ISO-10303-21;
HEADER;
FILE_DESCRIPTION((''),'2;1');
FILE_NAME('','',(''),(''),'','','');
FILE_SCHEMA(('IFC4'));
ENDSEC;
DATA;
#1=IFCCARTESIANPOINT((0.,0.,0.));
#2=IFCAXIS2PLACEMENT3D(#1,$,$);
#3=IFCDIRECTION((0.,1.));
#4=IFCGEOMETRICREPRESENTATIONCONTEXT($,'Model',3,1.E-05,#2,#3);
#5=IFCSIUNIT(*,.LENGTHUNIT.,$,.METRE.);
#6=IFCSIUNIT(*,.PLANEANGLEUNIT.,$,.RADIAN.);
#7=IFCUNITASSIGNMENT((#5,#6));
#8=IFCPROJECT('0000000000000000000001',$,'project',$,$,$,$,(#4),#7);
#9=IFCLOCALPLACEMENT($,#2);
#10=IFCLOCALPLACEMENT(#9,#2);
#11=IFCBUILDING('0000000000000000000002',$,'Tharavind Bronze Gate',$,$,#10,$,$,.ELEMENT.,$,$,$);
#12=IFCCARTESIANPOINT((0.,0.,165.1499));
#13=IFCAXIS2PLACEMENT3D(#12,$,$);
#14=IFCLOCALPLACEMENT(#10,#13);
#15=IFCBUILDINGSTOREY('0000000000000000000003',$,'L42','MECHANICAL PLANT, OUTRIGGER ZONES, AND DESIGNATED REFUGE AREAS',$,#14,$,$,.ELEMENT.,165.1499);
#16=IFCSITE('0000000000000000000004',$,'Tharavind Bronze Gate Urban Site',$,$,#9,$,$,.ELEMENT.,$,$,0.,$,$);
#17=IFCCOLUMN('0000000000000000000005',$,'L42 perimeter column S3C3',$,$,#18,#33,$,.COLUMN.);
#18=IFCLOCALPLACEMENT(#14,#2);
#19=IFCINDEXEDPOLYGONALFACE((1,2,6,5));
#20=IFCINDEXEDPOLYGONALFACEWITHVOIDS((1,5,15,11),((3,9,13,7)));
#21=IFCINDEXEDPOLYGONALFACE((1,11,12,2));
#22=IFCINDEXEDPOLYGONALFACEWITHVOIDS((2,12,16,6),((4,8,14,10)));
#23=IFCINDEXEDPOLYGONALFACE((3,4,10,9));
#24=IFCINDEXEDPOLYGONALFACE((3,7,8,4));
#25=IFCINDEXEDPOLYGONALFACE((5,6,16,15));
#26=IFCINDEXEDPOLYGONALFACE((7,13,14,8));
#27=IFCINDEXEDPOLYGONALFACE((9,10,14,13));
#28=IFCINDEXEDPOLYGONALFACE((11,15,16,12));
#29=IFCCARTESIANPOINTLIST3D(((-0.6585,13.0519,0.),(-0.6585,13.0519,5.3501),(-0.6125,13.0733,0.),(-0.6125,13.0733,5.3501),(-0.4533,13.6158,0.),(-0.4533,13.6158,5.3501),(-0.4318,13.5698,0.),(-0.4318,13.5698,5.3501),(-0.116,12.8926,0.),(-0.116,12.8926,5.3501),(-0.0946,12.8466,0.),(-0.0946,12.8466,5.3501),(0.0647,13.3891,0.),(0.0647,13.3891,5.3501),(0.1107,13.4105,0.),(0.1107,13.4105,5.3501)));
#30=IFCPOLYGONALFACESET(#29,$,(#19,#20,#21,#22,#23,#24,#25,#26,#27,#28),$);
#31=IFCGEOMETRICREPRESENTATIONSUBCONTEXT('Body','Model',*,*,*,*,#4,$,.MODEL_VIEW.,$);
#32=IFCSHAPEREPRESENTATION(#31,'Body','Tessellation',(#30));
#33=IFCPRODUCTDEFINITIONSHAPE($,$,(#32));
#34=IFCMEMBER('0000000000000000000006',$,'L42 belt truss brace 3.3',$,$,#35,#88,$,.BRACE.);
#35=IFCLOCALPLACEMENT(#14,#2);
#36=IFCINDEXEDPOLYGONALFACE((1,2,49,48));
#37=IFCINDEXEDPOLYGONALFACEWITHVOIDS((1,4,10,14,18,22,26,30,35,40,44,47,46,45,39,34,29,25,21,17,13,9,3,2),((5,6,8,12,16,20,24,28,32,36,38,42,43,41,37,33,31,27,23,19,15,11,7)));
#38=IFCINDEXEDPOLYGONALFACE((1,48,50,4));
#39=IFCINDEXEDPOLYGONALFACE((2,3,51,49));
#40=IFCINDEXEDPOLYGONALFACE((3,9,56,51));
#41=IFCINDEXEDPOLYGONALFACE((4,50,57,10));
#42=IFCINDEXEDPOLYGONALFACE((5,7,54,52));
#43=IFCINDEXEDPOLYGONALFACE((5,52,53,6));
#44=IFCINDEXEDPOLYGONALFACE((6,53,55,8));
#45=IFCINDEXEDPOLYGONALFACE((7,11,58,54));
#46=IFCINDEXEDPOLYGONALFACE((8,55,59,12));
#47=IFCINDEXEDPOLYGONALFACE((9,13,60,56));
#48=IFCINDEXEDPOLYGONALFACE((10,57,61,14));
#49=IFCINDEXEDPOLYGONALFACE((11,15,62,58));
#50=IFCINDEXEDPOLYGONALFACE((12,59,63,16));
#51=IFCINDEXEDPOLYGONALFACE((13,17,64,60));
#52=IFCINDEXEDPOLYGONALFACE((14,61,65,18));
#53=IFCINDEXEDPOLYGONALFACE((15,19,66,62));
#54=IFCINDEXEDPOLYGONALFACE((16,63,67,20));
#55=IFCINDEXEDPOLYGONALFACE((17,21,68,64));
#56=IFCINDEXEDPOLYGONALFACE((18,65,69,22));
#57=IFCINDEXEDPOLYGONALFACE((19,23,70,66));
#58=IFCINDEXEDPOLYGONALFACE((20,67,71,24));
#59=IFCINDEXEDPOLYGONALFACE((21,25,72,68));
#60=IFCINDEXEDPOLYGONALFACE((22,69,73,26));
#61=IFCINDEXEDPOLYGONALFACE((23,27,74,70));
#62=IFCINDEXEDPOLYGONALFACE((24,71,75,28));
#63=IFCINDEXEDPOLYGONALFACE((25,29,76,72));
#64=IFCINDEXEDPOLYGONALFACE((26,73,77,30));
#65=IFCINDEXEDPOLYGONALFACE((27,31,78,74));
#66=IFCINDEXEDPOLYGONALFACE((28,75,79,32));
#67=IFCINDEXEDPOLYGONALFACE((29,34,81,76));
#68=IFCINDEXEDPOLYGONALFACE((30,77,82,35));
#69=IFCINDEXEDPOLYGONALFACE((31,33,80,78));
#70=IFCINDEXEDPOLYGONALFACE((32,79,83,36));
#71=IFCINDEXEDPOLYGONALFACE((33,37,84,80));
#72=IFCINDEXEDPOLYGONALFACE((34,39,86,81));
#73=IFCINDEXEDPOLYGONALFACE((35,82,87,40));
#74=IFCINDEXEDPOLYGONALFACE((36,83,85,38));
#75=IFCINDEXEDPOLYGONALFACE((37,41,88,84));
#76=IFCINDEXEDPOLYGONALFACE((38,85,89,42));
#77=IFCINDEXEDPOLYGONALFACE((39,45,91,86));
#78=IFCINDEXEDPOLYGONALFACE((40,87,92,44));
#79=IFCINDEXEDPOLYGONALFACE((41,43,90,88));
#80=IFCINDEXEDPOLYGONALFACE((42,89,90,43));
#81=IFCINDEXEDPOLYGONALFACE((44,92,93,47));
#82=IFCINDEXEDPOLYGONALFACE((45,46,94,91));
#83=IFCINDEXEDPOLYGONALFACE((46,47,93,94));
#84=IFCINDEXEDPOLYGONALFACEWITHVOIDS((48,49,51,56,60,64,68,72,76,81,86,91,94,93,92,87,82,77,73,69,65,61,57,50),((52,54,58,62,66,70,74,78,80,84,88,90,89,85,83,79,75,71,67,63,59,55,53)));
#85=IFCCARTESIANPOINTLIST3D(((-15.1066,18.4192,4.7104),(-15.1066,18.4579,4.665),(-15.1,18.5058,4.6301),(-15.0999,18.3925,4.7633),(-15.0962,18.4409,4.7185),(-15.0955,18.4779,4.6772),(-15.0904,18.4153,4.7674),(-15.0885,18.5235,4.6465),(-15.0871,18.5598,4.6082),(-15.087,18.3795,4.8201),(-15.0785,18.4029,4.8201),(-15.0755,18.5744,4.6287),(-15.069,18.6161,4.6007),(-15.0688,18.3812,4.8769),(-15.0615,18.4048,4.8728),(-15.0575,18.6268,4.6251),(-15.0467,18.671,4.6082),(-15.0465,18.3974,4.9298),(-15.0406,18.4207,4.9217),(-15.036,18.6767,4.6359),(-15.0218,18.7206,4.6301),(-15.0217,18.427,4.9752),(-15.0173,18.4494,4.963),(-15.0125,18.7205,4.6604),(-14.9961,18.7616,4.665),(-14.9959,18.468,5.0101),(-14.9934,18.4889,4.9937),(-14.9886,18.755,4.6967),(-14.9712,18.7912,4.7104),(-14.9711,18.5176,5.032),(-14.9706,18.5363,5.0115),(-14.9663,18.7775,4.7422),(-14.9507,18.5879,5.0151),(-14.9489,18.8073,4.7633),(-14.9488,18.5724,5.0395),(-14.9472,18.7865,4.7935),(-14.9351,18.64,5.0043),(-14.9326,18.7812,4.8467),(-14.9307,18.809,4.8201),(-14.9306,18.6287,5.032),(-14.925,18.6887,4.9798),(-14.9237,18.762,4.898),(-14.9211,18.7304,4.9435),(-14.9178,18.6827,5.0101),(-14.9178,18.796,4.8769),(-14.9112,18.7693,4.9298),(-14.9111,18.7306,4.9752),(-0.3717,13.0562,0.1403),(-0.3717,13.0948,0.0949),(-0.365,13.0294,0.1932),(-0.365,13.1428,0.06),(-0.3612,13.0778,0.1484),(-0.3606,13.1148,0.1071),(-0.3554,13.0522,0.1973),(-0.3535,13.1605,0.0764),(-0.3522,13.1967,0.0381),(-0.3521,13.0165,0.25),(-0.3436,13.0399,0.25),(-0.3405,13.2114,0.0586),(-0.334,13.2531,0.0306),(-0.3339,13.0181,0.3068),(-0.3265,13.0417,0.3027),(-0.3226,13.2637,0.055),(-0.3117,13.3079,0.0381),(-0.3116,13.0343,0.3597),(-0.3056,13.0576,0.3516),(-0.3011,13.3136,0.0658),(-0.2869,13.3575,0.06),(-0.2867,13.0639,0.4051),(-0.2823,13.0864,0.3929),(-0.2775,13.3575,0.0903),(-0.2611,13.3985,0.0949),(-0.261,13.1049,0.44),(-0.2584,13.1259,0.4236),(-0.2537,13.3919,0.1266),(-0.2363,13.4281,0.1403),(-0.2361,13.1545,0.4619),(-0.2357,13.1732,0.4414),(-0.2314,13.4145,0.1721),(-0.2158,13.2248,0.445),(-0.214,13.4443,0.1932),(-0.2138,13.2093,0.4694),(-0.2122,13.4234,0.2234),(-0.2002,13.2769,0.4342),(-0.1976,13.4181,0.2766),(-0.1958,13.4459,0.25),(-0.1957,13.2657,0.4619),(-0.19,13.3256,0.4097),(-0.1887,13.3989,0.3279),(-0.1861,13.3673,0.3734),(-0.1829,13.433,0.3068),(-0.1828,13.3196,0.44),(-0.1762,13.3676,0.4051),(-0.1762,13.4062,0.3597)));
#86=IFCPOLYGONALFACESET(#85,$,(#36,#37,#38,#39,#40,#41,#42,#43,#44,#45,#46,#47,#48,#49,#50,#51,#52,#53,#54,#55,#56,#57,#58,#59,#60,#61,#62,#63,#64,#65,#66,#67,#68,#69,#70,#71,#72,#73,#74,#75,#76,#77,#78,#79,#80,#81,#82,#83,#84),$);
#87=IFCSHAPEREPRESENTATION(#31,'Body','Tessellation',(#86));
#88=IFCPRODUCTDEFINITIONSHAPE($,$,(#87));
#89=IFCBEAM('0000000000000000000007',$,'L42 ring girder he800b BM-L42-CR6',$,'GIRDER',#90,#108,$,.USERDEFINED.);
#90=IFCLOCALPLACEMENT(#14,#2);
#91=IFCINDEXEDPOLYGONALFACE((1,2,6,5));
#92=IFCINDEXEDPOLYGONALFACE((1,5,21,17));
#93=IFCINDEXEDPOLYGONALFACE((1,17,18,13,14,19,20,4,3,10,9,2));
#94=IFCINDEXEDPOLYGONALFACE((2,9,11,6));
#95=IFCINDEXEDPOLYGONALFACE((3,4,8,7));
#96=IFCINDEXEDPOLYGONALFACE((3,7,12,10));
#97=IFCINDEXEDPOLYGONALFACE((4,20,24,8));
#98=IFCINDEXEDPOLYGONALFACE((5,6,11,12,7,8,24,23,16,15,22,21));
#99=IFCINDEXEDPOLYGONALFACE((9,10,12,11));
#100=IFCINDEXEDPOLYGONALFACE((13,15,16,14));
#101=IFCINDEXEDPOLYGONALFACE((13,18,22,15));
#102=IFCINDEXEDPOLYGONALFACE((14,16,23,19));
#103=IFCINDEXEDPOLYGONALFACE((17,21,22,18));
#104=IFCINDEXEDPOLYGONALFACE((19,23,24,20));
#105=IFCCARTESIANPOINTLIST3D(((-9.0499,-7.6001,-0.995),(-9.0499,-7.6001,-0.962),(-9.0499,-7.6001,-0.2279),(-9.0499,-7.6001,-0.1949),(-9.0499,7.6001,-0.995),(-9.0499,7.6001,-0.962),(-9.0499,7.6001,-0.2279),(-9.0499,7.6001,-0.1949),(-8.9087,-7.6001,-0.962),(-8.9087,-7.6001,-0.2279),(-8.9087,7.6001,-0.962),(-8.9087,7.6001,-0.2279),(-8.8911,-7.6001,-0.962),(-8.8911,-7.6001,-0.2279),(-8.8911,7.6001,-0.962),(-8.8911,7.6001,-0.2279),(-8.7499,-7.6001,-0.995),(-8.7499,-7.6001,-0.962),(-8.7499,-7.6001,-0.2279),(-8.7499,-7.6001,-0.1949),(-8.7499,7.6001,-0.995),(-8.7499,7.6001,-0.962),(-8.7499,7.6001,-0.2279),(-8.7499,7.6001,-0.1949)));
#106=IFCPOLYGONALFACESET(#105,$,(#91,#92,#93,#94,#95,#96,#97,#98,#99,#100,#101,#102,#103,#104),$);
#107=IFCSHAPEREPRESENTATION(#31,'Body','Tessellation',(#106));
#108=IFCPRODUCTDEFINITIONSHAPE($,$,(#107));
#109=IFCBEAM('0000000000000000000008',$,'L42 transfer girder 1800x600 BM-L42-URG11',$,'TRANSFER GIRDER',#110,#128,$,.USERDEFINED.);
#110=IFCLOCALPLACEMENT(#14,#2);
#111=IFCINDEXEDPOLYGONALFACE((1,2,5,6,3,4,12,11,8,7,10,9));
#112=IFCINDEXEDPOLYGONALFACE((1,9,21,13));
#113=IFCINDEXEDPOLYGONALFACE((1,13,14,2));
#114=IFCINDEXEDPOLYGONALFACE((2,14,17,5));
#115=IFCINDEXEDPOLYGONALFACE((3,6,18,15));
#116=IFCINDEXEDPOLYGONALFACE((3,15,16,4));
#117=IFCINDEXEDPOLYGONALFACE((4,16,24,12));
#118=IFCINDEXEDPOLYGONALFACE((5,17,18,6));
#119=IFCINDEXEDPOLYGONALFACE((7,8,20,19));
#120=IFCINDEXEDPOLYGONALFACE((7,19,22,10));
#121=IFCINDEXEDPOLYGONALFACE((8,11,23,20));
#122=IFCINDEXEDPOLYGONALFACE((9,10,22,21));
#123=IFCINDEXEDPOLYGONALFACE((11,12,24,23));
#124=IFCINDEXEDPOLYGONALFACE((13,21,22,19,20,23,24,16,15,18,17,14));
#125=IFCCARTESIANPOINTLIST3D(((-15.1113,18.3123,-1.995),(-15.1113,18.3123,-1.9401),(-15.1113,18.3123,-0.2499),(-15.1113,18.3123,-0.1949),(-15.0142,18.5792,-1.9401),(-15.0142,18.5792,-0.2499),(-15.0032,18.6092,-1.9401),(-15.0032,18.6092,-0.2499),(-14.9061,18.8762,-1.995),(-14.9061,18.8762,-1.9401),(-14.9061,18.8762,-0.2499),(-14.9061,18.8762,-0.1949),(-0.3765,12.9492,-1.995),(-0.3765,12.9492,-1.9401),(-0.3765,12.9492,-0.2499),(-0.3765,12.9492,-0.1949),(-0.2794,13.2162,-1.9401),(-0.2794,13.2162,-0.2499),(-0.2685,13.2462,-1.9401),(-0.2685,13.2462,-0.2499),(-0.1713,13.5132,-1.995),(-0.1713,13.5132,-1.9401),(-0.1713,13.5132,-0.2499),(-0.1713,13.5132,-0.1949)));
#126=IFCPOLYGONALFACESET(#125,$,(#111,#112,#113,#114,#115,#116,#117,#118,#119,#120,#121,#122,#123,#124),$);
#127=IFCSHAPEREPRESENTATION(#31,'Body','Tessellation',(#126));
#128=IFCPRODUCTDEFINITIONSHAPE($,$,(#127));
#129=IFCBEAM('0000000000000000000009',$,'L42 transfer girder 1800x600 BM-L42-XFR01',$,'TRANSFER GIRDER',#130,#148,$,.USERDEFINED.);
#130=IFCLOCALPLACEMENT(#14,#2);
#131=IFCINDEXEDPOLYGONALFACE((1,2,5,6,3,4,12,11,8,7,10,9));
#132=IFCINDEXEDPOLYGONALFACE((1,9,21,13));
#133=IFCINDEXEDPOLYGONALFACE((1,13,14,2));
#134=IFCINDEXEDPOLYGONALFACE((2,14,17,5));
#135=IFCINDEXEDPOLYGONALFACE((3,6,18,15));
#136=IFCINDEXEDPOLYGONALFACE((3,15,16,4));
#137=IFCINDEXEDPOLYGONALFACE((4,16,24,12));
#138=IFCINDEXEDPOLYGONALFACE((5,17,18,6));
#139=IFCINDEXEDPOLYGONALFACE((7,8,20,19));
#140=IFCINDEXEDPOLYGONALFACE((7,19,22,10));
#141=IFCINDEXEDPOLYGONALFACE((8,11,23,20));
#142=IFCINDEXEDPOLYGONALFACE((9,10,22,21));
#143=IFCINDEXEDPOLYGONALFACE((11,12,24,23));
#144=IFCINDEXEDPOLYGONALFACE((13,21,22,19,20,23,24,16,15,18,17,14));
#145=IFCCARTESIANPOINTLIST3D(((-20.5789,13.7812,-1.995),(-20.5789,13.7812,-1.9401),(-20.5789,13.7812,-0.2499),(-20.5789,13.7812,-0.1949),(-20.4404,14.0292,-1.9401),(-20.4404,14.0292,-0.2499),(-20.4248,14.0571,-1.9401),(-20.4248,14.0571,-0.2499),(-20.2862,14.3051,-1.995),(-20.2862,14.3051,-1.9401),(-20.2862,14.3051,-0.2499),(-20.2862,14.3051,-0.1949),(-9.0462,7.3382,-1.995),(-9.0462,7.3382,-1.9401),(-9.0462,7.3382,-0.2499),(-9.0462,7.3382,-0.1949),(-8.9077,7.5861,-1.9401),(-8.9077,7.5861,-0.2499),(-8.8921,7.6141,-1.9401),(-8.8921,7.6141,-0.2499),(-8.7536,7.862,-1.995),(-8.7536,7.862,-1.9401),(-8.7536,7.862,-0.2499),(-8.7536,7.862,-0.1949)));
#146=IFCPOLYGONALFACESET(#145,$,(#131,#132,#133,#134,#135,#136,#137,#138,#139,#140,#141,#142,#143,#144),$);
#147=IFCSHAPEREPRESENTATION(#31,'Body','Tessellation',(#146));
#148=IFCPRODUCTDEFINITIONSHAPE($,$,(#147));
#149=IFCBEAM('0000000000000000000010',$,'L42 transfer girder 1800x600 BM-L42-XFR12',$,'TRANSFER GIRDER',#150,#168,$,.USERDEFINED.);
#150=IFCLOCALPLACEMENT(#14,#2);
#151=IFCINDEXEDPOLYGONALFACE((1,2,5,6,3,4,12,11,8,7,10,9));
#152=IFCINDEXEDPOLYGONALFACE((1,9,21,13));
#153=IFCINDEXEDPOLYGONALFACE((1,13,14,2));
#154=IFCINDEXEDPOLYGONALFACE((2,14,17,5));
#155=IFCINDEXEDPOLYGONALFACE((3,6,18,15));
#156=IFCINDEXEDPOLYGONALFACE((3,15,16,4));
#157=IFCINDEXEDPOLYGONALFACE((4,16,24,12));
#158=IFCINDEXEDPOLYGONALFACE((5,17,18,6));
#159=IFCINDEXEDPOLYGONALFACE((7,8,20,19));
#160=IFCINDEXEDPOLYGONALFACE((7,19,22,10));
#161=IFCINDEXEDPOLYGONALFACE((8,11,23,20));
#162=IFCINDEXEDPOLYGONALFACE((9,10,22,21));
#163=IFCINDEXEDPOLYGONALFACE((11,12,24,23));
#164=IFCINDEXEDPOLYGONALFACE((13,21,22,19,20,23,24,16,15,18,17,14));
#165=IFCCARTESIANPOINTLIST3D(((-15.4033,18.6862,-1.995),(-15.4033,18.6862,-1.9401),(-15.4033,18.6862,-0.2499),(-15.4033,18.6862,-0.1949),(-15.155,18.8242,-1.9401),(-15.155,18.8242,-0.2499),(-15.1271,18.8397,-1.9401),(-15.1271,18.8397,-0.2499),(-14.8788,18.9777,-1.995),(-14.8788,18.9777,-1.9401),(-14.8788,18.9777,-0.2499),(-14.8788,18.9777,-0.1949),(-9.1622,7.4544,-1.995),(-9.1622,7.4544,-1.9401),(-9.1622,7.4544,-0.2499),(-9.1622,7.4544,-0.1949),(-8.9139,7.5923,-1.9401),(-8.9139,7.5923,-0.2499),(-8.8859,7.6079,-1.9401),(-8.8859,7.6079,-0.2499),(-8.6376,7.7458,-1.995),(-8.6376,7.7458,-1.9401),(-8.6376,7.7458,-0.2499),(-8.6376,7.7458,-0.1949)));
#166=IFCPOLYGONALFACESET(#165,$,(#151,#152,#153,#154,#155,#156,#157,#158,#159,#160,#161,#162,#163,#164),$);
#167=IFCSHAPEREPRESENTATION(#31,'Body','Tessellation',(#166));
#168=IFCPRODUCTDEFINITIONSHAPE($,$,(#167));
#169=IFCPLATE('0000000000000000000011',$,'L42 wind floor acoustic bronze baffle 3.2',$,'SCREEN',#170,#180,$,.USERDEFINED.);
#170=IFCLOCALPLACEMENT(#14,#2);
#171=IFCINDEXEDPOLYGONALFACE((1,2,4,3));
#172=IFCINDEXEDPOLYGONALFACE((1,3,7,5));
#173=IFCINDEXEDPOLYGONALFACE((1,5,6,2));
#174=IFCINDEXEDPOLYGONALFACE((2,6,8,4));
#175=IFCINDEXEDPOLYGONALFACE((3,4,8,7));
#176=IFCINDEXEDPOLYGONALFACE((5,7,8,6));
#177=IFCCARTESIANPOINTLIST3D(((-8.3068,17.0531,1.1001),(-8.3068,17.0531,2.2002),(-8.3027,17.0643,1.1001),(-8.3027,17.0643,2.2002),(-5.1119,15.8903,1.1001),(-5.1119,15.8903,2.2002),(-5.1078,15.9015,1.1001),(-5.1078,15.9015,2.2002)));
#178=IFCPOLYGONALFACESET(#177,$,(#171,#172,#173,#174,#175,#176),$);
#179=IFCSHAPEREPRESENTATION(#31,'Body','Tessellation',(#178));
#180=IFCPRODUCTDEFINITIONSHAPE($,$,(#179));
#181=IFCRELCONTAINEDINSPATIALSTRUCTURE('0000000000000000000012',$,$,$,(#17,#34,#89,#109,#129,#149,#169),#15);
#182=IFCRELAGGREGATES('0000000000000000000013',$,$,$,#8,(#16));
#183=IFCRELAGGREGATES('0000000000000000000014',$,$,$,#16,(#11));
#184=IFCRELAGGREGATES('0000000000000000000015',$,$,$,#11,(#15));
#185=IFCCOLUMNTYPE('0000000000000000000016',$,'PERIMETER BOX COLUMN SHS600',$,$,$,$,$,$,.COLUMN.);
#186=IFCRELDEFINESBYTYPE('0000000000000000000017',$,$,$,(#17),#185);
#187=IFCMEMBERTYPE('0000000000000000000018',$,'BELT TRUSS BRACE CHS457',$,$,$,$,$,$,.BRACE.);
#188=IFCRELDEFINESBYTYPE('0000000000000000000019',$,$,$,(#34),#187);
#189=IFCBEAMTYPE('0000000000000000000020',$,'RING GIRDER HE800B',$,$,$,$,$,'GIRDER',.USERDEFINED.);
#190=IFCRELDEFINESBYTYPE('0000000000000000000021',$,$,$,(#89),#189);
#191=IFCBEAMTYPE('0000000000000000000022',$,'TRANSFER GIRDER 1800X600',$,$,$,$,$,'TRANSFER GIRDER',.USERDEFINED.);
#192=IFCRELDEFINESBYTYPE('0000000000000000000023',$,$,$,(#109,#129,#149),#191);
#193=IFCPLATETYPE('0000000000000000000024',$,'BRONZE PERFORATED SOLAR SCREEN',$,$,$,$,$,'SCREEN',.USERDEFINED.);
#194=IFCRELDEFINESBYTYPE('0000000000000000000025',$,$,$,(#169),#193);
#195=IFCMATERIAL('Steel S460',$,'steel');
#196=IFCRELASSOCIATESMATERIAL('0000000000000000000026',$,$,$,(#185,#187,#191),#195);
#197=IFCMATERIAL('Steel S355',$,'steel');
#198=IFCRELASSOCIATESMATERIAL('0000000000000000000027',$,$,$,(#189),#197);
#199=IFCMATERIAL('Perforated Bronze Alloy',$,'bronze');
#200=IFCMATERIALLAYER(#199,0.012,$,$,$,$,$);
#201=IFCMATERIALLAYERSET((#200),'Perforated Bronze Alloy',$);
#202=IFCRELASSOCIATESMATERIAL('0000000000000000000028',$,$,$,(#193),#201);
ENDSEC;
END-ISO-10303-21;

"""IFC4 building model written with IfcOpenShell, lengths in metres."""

from ifc_helpers import new_model, si_unit, direction, frame, origin, origin_2d, place, context, subcontext, project, spatial, rectangle, hollow_rectangle, hollow_circle, i_section, extrude, material, layer, layer_set, material_profile, profile_set, type_object, element, save


model = new_model("IFC4")

# Units and contexts
model_context = context("Model", 3, precision=1e-05, world=origin(), true_north=direction((0.0, 1.0)))
body_context = subcontext(model_context, "Body", "Model", "MODEL_VIEW")
ifc_project = project(units=[si_unit("LENGTHUNIT", "METRE"), si_unit("PLANEANGLEUNIT", "RADIAN")], contexts=[model_context])

# Site, building, storey
site_placement = place(None, origin())
site = spatial("IfcSite", under=ifc_project, at=site_placement, Name="Tharavind Bronze Gate Urban Site", CompositionType="ELEMENT", RefElevation=0.0)
building_placement = place(site_placement, origin())
building = spatial("IfcBuilding", under=site, at=building_placement, Name="Tharavind Bronze Gate", CompositionType="ELEMENT")
storey_placement = place(building_placement, frame((0.0, 0.0, 165.1499)))
storey = spatial("IfcBuildingStorey", under=building, at=storey_placement, Name="L42", Description="MECHANICAL PLANT, OUTRIGGER ZONES, AND DESIGNATED REFUGE AREAS", CompositionType="ELEMENT", Elevation=165.1499)

# Column
ifc_material_1 = material(Name="Steel S460", Category="steel")
ifc_material_profile_1 = material_profile(ifc_material_1, hollow_rectangle(XDim=0.6001, YDim=0.6001, WallThickness=0.0359, at=origin_2d()), Name="SHS600X36")
ifc_profile_set_1 = profile_set([ifc_material_profile_1], Name="Steel S460")
column_type = type_object("IfcColumnType", Name="PERIMETER BOX COLUMN SHS600", PredefinedType="COLUMN", material=ifc_profile_set_1)
column_placement = place(storey_placement, frame((-0.2739, 13.2312, 0.0), z_axis=(0.0, 0.0, 1.0), x_axis=(-0.939692, 0.342022, 0.0)))
element("IfcColumn", 1, at=column_placement, inside=storey, type_object=column_type, Name="L42 perimeter column S3C3", PredefinedType="COLUMN", context=body_context, shape_type="SweptSolid", body=[
    extrude(hollow_rectangle(XDim=0.6001, YDim=0.6001, WallThickness=0.0359, at=origin_2d()), origin(), (0.0, 0.0, 1.0), 5.3501),
])

# Member
ifc_material_profile_2 = material_profile(ifc_material_1, hollow_circle(Radius=0.2285, WallThickness=0.0249, at=origin_2d()), Name="CHS457X25")
ifc_profile_set_2 = profile_set([ifc_material_profile_2], Name="Steel S460")
member_type = type_object("IfcMemberType", Name="BELT TRUSS BRACE CHS457", PredefinedType="BRACE", material=ifc_profile_set_2)
member_placement = place(storey_placement, frame((-0.2739, 13.2312, 0.25), z_axis=(-0.902158, 0.328358, 0.279807), x_axis=(-0.342019, -0.939693, 0.0)))
element("IfcMember", 2, at=member_placement, inside=storey, type_object=member_type, Name="L42 belt truss brace 3.3", PredefinedType="BRACE", context=body_context, shape_type="SweptSolid", body=[
    extrude(hollow_circle(Radius=0.2285, WallThickness=0.0249, at=origin_2d()), origin(), (0.0, 0.0, 1.0), 16.333),
])

# Beams
ifc_material_2 = material(Name="Steel S355", Category="steel")
ifc_material_profile_3 = material_profile(ifc_material_2, i_section(OverallWidth=0.3, OverallDepth=0.8, WebThickness=0.0176, FlangeThickness=0.033, at=origin_2d()), Name="HE800B")
ifc_profile_set_3 = profile_set([ifc_material_profile_3], Name="Steel S355")
beam_type_1 = type_object("IfcBeamType", Name="RING GIRDER HE800B", ElementType="GIRDER", PredefinedType="USERDEFINED", material=ifc_profile_set_3)
beam_1_placement = place(storey_placement, frame((-8.8999, 7.6001, -0.595), z_axis=(0.0, -1.0, 0.0), x_axis=(1.0, 0.0, 0.0)))
element("IfcBeam", 3, at=beam_1_placement, inside=storey, type_object=beam_type_1, Name="L42 ring girder he800b BM-L42-CR6", ObjectType="GIRDER", PredefinedType="USERDEFINED", context=body_context, shape_type="SweptSolid", body=[
    extrude(i_section(OverallWidth=0.3, OverallDepth=0.8, WebThickness=0.0176, FlangeThickness=0.033, at=origin_2d()), origin(), (0.0, 0.0, 1.0), 15.2002),
])
ifc_material_profile_4 = material_profile(ifc_material_1, i_section(OverallWidth=0.6001, OverallDepth=1.8, WebThickness=0.032, FlangeThickness=0.0549, at=origin_2d()), Name="PG1800X600")
ifc_profile_set_4 = profile_set([ifc_material_profile_4], Name="Steel S460")
beam_type_2 = type_object("IfcBeamType", Name="TRANSFER GIRDER 1800X600", ElementType="TRANSFER GIRDER", PredefinedType="USERDEFINED", material=ifc_profile_set_4)
beam_2_placement = place(storey_placement, frame((-0.2739, 13.2312, -1.095), z_axis=(-0.939693, 0.342019, 0.0), x_axis=(-0.342019, -0.939693, 0.0)))
element("IfcBeam", 4, at=beam_2_placement, inside=storey, type_object=beam_type_2, Name="L42 transfer girder 1800x600 BM-L42-URG11", ObjectType="TRANSFER GIRDER", PredefinedType="USERDEFINED", context=body_context, shape_type="SweptSolid", body=[
    extrude(i_section(OverallWidth=0.6001, OverallDepth=1.8, WebThickness=0.032, FlangeThickness=0.0549, at=origin_2d()), origin(), (0.0, 0.0, 1.0), 15.6804),
])
beam_3_placement = place(storey_placement, frame((-8.8999, 7.6001, -1.095), z_axis=(-0.872996, 0.487727, 0.0), x_axis=(-0.487727, -0.872996, 0.0)))
element("IfcBeam", 5, at=beam_3_placement, inside=storey, type_object=beam_type_2, Name="L42 transfer girder 1800x600 BM-L42-XFR01", ObjectType="TRANSFER GIRDER", PredefinedType="USERDEFINED", context=body_context, shape_type="SweptSolid", body=[
    extrude(i_section(OverallWidth=0.6001, OverallDepth=1.8, WebThickness=0.032, FlangeThickness=0.0549, at=origin_2d()), origin(), (0.0, 0.0, 1.0), 13.2104),
])
beam_4_placement = place(storey_placement, frame((-8.8999, 7.6001, -1.095), z_axis=(-0.485717, 0.874116, 0.0), x_axis=(-0.874116, -0.485717, 0.0)))
element("IfcBeam", 6, at=beam_4_placement, inside=storey, type_object=beam_type_2, Name="L42 transfer girder 1800x600 BM-L42-XFR12", ObjectType="TRANSFER GIRDER", PredefinedType="USERDEFINED", context=body_context, shape_type="SweptSolid", body=[
    extrude(i_section(OverallWidth=0.6001, OverallDepth=1.8, WebThickness=0.032, FlangeThickness=0.0549, at=origin_2d()), origin(), (0.0, 0.0, 1.0), 12.8494),
])

# Plate
ifc_material_3 = material(Name="Perforated Bronze Alloy", Category="bronze")
ifc_layer_1 = layer(ifc_material_3, 0.012)
ifc_layer_set_1 = layer_set([ifc_layer_1], Name="Perforated Bronze Alloy")
plate_type_1 = type_object("IfcPlateType", Name="BRONZE PERFORATED SOLAR SCREEN", ElementType="SCREEN", PredefinedType="USERDEFINED", material=ifc_layer_set_1)
plate_1_placement = place(storey_placement, frame((-6.7073, 16.4773, 1.1001), z_axis=(0.0, 0.0, 1.0), x_axis=(-0.939692, 0.342022, 0.0)))
element("IfcPlate", 7, at=plate_1_placement, inside=storey, type_object=plate_type_1, Name="L42 wind floor acoustic bronze baffle 3.2", ObjectType="SCREEN", PredefinedType="USERDEFINED", context=body_context, shape_type="SweptSolid", body=[
    extrude(rectangle(XDim=3.3999, YDim=0.012, at=origin_2d()), origin(), (0.0, 0.0, 1.0), 1.1001),
])

save(model, "model.ifc")
